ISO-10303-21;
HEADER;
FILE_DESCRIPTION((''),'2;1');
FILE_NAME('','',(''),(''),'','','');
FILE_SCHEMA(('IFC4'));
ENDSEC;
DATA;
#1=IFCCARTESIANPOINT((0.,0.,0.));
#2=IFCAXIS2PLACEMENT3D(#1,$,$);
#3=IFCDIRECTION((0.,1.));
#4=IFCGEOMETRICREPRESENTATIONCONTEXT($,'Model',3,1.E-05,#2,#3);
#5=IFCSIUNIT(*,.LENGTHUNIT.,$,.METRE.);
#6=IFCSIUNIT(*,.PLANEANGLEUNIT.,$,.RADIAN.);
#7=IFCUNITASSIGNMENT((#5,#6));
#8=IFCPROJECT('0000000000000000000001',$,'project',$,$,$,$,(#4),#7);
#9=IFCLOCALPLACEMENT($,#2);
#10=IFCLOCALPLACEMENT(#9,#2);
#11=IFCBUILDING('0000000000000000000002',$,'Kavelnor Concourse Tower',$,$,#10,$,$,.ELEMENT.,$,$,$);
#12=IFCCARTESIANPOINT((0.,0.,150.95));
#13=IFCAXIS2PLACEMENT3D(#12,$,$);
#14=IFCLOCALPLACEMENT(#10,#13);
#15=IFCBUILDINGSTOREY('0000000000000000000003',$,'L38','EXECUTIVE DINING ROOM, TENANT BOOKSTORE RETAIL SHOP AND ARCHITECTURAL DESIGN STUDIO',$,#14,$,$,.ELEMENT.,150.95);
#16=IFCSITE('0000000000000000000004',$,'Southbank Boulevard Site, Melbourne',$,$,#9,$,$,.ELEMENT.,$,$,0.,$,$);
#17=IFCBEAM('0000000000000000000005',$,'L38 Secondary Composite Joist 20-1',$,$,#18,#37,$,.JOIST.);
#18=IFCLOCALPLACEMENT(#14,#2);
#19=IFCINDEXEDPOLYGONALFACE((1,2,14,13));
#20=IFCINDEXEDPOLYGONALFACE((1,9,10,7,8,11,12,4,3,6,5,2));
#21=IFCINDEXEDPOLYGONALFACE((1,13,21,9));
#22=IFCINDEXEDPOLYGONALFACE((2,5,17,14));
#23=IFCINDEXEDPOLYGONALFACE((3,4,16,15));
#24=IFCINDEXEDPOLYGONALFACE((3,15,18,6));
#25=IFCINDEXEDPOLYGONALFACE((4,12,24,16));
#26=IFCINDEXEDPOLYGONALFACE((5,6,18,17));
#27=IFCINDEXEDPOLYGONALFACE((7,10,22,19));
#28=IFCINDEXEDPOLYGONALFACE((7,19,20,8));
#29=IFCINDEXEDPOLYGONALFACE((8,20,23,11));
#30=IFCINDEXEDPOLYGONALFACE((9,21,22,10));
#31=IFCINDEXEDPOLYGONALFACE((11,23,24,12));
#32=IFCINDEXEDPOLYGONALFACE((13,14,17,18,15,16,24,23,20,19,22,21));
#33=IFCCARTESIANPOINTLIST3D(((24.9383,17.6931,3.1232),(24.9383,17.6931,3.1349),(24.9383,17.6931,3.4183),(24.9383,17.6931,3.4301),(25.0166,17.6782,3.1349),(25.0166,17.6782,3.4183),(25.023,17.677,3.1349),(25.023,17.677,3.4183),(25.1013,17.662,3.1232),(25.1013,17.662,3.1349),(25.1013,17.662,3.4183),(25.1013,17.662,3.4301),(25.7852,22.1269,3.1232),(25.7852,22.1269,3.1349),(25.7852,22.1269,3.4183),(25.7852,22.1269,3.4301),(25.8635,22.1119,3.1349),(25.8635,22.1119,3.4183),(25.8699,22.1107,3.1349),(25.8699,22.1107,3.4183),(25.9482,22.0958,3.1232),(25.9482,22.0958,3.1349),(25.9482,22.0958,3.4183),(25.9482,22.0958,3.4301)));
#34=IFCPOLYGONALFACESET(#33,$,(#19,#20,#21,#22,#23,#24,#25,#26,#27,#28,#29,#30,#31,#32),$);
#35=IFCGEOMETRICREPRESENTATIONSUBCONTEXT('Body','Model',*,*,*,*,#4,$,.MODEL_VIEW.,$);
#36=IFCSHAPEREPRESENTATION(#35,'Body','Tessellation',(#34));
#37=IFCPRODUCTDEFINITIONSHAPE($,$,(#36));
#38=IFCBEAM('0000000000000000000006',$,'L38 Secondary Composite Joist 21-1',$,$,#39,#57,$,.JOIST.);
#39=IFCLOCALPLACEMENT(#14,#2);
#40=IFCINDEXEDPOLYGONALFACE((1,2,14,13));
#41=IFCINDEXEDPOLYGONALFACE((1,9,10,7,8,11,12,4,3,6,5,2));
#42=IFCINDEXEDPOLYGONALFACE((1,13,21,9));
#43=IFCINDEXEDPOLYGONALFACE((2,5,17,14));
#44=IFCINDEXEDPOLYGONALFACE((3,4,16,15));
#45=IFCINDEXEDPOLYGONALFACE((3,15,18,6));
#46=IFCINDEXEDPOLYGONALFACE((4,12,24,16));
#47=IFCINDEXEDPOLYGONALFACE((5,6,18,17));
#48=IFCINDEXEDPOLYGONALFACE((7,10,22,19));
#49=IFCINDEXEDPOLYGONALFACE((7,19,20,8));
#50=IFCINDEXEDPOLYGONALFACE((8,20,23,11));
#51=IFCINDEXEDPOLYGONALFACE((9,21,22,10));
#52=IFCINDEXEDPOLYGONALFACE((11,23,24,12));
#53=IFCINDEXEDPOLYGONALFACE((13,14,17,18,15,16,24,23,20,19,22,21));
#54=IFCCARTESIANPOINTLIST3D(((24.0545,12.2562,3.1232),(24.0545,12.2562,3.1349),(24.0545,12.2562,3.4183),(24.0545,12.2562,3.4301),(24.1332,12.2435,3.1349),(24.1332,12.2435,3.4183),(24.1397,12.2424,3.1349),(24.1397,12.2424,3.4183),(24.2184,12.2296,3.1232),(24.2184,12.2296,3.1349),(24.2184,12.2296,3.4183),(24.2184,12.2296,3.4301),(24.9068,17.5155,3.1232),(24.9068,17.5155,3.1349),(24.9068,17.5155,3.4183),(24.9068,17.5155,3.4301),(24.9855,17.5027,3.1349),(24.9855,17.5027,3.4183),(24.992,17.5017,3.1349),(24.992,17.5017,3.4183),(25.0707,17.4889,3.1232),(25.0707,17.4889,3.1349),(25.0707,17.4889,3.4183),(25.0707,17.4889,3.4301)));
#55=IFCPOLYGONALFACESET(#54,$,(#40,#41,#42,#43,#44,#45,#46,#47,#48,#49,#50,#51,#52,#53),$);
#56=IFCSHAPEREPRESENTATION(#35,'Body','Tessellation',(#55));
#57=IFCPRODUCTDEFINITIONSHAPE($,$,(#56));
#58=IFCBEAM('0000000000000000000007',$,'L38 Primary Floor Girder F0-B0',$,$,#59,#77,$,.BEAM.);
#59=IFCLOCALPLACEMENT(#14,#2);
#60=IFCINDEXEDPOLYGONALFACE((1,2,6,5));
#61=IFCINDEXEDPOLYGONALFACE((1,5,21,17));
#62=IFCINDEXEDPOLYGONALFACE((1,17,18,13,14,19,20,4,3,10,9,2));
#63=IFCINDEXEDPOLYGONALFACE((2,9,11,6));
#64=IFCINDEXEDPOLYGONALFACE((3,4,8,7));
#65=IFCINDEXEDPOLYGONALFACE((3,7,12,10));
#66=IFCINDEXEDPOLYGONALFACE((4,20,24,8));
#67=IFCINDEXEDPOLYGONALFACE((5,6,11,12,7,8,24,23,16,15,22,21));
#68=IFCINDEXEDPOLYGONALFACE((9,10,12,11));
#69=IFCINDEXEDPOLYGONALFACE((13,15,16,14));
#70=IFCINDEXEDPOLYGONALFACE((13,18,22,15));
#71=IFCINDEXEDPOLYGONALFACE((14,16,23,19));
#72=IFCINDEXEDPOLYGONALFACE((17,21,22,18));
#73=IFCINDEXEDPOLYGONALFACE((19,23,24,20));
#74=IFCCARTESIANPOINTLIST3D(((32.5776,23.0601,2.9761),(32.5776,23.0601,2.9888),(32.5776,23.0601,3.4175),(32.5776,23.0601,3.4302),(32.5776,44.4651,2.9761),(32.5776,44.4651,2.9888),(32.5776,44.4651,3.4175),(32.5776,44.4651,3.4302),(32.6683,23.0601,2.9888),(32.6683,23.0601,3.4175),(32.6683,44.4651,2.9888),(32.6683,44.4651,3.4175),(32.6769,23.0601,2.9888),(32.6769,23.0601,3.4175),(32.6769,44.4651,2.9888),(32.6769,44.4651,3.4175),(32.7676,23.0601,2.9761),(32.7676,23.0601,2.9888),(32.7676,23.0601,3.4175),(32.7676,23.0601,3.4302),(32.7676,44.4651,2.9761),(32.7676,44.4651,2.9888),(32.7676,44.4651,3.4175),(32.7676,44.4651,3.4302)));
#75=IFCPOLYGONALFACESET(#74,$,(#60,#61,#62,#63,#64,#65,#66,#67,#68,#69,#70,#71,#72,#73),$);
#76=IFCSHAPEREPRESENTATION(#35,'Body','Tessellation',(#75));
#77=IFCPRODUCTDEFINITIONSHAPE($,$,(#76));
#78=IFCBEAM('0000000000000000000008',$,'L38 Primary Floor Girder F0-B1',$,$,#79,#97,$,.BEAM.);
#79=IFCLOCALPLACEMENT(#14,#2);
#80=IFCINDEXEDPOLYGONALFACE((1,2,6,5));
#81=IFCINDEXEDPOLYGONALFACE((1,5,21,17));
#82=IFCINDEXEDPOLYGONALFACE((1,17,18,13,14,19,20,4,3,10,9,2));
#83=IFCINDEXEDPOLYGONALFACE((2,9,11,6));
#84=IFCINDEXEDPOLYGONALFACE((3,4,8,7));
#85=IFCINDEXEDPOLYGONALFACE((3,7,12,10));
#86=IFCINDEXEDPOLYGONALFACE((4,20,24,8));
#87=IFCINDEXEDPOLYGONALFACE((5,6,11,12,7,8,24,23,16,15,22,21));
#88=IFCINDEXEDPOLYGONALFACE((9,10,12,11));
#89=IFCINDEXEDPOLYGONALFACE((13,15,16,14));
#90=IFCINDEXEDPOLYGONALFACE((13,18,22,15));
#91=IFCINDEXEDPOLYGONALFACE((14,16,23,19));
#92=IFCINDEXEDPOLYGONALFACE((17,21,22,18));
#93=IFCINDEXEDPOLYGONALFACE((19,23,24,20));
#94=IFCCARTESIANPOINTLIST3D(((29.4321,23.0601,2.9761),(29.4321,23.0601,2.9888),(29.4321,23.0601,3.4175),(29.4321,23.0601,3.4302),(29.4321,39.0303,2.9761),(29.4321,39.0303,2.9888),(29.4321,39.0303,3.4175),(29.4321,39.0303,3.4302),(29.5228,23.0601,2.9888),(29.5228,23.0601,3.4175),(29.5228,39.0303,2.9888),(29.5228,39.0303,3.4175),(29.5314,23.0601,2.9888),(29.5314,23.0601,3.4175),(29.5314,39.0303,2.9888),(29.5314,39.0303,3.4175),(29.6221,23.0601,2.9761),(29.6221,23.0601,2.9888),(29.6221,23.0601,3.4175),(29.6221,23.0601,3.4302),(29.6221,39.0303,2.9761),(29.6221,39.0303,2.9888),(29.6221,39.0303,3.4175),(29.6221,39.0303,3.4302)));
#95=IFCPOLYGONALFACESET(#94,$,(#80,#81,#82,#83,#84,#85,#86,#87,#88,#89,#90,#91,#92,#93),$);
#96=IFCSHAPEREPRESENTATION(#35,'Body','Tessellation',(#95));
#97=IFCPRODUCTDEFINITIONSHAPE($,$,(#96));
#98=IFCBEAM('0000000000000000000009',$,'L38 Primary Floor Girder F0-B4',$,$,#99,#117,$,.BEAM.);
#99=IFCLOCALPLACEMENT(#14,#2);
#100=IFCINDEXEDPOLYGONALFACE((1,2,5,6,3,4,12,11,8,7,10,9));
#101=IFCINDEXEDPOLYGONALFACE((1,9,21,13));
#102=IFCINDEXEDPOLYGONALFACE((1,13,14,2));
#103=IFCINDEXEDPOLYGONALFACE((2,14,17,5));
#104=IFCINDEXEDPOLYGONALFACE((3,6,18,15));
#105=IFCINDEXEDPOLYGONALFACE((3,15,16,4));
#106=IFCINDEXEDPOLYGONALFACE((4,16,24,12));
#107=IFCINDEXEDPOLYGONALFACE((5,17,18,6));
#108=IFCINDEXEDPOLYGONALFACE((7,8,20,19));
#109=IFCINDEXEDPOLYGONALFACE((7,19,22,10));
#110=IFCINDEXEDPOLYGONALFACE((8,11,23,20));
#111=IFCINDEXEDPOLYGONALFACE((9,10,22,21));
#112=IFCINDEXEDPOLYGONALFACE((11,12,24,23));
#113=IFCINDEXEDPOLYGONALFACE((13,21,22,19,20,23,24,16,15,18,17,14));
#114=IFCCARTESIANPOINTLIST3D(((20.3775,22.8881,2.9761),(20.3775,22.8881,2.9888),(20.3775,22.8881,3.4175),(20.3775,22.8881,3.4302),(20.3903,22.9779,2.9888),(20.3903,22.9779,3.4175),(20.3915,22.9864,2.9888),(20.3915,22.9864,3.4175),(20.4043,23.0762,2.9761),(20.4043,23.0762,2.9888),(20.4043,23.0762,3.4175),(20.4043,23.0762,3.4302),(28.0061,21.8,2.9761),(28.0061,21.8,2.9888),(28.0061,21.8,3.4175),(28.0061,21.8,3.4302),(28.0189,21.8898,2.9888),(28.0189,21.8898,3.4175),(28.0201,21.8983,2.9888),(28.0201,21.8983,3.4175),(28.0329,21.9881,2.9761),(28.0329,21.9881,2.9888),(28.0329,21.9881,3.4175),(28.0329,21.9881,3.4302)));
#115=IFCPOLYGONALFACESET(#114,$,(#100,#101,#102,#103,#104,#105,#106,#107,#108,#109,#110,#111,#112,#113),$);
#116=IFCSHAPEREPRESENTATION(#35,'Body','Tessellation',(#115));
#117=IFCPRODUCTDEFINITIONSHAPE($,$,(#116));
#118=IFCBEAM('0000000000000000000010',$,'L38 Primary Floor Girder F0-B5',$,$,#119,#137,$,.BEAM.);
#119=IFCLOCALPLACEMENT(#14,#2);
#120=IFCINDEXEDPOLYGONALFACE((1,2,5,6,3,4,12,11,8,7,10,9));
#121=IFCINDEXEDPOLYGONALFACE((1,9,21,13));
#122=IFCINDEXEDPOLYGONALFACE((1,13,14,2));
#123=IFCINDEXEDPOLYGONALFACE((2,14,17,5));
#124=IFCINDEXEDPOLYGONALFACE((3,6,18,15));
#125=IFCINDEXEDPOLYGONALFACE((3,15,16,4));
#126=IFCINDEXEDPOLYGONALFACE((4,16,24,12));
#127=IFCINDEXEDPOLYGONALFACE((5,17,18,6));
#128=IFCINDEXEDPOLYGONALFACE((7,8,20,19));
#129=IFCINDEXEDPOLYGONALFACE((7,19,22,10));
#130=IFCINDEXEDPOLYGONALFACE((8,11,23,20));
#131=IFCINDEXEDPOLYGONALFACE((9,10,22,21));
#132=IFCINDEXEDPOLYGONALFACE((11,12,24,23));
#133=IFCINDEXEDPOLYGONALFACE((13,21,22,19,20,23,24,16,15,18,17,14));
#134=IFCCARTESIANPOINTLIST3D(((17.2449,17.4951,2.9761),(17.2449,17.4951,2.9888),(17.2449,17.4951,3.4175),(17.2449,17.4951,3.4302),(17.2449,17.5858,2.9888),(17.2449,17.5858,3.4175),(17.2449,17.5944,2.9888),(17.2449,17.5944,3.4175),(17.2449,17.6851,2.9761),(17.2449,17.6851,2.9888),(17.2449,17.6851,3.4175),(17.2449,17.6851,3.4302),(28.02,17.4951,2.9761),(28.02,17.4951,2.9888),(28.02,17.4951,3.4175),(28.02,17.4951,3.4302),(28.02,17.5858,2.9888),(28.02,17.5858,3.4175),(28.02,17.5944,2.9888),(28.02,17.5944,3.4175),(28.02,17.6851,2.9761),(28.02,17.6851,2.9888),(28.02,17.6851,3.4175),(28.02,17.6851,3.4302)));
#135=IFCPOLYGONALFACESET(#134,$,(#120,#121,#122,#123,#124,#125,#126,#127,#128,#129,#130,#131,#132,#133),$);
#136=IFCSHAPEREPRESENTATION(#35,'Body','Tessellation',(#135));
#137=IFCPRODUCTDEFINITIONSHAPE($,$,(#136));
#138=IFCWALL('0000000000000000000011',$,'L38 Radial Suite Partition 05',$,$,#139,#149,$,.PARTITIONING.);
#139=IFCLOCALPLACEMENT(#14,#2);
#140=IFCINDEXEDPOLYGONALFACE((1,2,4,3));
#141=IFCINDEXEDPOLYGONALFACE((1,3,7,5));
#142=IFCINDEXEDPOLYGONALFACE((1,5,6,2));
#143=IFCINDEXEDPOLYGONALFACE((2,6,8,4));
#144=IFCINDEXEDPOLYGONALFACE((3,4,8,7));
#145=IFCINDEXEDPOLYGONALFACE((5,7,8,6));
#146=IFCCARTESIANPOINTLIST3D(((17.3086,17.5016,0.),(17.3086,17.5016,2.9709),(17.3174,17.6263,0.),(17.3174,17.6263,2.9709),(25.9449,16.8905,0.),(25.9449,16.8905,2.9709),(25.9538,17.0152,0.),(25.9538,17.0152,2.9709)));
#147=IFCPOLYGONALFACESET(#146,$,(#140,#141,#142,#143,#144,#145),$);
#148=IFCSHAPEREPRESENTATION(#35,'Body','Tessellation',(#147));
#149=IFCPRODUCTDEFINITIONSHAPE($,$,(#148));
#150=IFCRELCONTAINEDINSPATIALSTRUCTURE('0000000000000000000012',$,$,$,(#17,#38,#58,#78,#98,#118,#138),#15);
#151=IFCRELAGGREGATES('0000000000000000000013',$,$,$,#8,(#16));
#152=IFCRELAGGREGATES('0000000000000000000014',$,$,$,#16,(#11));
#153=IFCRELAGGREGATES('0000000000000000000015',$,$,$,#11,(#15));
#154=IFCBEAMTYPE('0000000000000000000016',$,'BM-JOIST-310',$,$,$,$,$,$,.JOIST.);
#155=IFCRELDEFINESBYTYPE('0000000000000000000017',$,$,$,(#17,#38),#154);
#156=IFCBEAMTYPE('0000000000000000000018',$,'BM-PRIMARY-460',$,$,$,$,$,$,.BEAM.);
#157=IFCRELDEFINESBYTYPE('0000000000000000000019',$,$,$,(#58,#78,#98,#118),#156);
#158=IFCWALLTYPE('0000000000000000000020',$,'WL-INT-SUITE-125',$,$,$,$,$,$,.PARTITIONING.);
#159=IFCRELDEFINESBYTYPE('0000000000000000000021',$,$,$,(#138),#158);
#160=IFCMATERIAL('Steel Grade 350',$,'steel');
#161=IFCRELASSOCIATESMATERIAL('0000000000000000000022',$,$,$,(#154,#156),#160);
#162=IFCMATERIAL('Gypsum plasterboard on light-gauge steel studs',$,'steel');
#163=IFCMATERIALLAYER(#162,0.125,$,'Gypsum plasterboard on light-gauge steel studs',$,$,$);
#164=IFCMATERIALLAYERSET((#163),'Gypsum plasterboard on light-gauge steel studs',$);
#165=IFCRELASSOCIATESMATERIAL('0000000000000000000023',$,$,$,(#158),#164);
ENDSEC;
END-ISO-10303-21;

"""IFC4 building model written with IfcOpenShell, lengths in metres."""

from ifc_helpers import new_model, si_unit, direction, frame, frame_2d, origin, origin_2d, place, context, subcontext, project, spatial, rectangle, i_section, extrude, material, layer, layer_set, material_profile, profile_set, type_object, element, save


model = new_model("IFC4")

# Units and contexts
model_context = context("Model", 3, precision=1e-05, world=origin(), true_north=direction((0.0, 1.0)))
body_context = subcontext(model_context, "Body", "Model", "MODEL_VIEW")
ifc_project = project(units=[si_unit("LENGTHUNIT", "METRE"), si_unit("PLANEANGLEUNIT", "RADIAN")], contexts=[model_context])

# Site, building, storey
site_placement = place(None, origin())
site = spatial("IfcSite", under=ifc_project, at=site_placement, Name="Southbank Boulevard Site, Melbourne", CompositionType="ELEMENT", RefElevation=0.0)
building_placement = place(site_placement, origin())
building = spatial("IfcBuilding", under=site, at=building_placement, Name="Kavelnor Concourse Tower", CompositionType="ELEMENT")
storey_placement = place(building_placement, frame((0.0, 0.0, 150.95)))
storey = spatial("IfcBuildingStorey", under=building, at=storey_placement, Name="L38", Description="EXECUTIVE DINING ROOM, TENANT BOOKSTORE RETAIL SHOP AND ARCHITECTURAL DESIGN STUDIO", CompositionType="ELEMENT", Elevation=150.95)

# Beams
ifc_material_1 = material(Name="Steel Grade 350", Category="steel")
ifc_material_profile_1 = material_profile(ifc_material_1, i_section(OverallWidth=0.166, OverallDepth=0.3069, WebThickness=0.0066, FlangeThickness=0.0117, at=origin_2d()), Name="310UB46")
ifc_profile_set_1 = profile_set([ifc_material_profile_1], Name="Steel Grade 350")
beam_type_1 = type_object("IfcBeamType", Name="BM-JOIST-310", PredefinedType="JOIST", material=ifc_profile_set_1)
beam_1_placement = place(storey_placement, frame((25.8667, 22.1113, 3.2766), z_axis=(-0.187622, -0.982241, 0.0), x_axis=(0.982241, -0.187622, 0.0)))
element("IfcBeam", 1, at=beam_1_placement, inside=storey, type_object=beam_type_1, Name="L38 Secondary Composite Joist 20-1", PredefinedType="JOIST", context=body_context, shape_type="SweptSolid", body=[
    extrude(i_section(OverallWidth=0.166, OverallDepth=0.3069, WebThickness=0.0066, FlangeThickness=0.0117, at=origin_2d()), origin(), (0.0, 0.0, 1.0), 4.5139),
])
beam_2_placement = place(storey_placement, frame((24.9888, 17.5022, 3.2766), z_axis=(-0.159969, -0.987122, 0.0), x_axis=(0.987122, -0.159969, 0.0)))
element("IfcBeam", 2, at=beam_2_placement, inside=storey, type_object=beam_type_1, Name="L38 Secondary Composite Joist 21-1", PredefinedType="JOIST", context=body_context, shape_type="SweptSolid", body=[
    extrude(i_section(OverallWidth=0.166, OverallDepth=0.3069, WebThickness=0.0066, FlangeThickness=0.0117, at=origin_2d()), origin(), (0.0, 0.0, 1.0), 5.3279),
])
ifc_material_profile_2 = material_profile(ifc_material_1, i_section(OverallWidth=0.1899, OverallDepth=0.4541, WebThickness=0.0085, FlangeThickness=0.0127, at=origin_2d()), Name="460UB67")
ifc_profile_set_2 = profile_set([ifc_material_profile_2], Name="Steel Grade 350")
beam_type_2 = type_object("IfcBeamType", Name="BM-PRIMARY-460", PredefinedType="BEAM", material=ifc_profile_set_2)
beam_3_placement = place(storey_placement, frame((32.6726, 23.0601, 3.2031), z_axis=(0.0, 1.0, 0.0), x_axis=(-1.0, 0.0, 0.0)))
element("IfcBeam", 3, at=beam_3_placement, inside=storey, type_object=beam_type_2, Name="L38 Primary Floor Girder F0-B0", PredefinedType="BEAM", context=body_context, shape_type="SweptSolid", body=[
    extrude(i_section(OverallWidth=0.1899, OverallDepth=0.4541, WebThickness=0.0085, FlangeThickness=0.0127, at=origin_2d()), origin(), (0.0, 0.0, 1.0), 21.405),
])
beam_4_placement = place(storey_placement, frame((29.5271, 23.0601, 3.2031), z_axis=(0.0, 1.0, 0.0), x_axis=(-1.0, 0.0, 0.0)))
element("IfcBeam", 4, at=beam_4_placement, inside=storey, type_object=beam_type_2, Name="L38 Primary Floor Girder F0-B1", PredefinedType="BEAM", context=body_context, shape_type="SweptSolid", body=[
    extrude(i_section(OverallWidth=0.1899, OverallDepth=0.4541, WebThickness=0.0085, FlangeThickness=0.0127, at=origin_2d()), origin(), (0.0, 0.0, 1.0), 15.9702),
])
beam_5_placement = place(storey_placement, frame((28.0195, 21.894, 3.2031), z_axis=(-0.98998, 0.141208, 0.0), x_axis=(-0.141208, -0.98998, 0.0)))
element("IfcBeam", 5, at=beam_5_placement, inside=storey, type_object=beam_type_2, Name="L38 Primary Floor Girder F0-B4", PredefinedType="BEAM", context=body_context, shape_type="SweptSolid", body=[
    extrude(i_section(OverallWidth=0.1899, OverallDepth=0.4541, WebThickness=0.0085, FlangeThickness=0.0127, at=origin_2d()), origin(), (0.0, 0.0, 1.0), 7.7058),
])
beam_6_placement = place(storey_placement, frame((28.02, 17.5901, 3.2031), z_axis=(-1.0, 0.0, 0.0), x_axis=(0.0, -1.0, 0.0)))
element("IfcBeam", 6, at=beam_6_placement, inside=storey, type_object=beam_type_2, Name="L38 Primary Floor Girder F0-B5", PredefinedType="BEAM", context=body_context, shape_type="SweptSolid", body=[
    extrude(i_section(OverallWidth=0.1899, OverallDepth=0.4541, WebThickness=0.0085, FlangeThickness=0.0127, at=origin_2d()), origin(), (0.0, 0.0, 1.0), 10.7751),
])

# Wall
ifc_material_2 = material(Name="Gypsum plasterboard on light-gauge steel studs", Category="steel")
ifc_layer_1 = layer(ifc_material_2, 0.125, Name="Gypsum plasterboard on light-gauge steel studs")
ifc_layer_set_1 = layer_set([ifc_layer_1], Name="Gypsum plasterboard on light-gauge steel studs")
wall_type_1 = type_object("IfcWallType", Name="WL-INT-SUITE-125", PredefinedType="PARTITIONING", material=ifc_layer_set_1)
wall_1_placement = place(storey_placement, frame((25.9495, 16.9529, 0.0), z_axis=(0.0, 0.0, 1.0), x_axis=(-0.997506, 0.07058, 0.0)))
element("IfcWall", 7, at=wall_1_placement, inside=storey, type_object=wall_type_1, Name="L38 Radial Suite Partition 05", PredefinedType="PARTITIONING", context=body_context, shape_type="SweptSolid", body=[
    extrude(rectangle(XDim=8.658, YDim=0.125, at=frame_2d((4.3291, 0.0))), origin(), (0.0, 0.0, 1.0), 2.9709),
])

save(model, "model.ifc")
